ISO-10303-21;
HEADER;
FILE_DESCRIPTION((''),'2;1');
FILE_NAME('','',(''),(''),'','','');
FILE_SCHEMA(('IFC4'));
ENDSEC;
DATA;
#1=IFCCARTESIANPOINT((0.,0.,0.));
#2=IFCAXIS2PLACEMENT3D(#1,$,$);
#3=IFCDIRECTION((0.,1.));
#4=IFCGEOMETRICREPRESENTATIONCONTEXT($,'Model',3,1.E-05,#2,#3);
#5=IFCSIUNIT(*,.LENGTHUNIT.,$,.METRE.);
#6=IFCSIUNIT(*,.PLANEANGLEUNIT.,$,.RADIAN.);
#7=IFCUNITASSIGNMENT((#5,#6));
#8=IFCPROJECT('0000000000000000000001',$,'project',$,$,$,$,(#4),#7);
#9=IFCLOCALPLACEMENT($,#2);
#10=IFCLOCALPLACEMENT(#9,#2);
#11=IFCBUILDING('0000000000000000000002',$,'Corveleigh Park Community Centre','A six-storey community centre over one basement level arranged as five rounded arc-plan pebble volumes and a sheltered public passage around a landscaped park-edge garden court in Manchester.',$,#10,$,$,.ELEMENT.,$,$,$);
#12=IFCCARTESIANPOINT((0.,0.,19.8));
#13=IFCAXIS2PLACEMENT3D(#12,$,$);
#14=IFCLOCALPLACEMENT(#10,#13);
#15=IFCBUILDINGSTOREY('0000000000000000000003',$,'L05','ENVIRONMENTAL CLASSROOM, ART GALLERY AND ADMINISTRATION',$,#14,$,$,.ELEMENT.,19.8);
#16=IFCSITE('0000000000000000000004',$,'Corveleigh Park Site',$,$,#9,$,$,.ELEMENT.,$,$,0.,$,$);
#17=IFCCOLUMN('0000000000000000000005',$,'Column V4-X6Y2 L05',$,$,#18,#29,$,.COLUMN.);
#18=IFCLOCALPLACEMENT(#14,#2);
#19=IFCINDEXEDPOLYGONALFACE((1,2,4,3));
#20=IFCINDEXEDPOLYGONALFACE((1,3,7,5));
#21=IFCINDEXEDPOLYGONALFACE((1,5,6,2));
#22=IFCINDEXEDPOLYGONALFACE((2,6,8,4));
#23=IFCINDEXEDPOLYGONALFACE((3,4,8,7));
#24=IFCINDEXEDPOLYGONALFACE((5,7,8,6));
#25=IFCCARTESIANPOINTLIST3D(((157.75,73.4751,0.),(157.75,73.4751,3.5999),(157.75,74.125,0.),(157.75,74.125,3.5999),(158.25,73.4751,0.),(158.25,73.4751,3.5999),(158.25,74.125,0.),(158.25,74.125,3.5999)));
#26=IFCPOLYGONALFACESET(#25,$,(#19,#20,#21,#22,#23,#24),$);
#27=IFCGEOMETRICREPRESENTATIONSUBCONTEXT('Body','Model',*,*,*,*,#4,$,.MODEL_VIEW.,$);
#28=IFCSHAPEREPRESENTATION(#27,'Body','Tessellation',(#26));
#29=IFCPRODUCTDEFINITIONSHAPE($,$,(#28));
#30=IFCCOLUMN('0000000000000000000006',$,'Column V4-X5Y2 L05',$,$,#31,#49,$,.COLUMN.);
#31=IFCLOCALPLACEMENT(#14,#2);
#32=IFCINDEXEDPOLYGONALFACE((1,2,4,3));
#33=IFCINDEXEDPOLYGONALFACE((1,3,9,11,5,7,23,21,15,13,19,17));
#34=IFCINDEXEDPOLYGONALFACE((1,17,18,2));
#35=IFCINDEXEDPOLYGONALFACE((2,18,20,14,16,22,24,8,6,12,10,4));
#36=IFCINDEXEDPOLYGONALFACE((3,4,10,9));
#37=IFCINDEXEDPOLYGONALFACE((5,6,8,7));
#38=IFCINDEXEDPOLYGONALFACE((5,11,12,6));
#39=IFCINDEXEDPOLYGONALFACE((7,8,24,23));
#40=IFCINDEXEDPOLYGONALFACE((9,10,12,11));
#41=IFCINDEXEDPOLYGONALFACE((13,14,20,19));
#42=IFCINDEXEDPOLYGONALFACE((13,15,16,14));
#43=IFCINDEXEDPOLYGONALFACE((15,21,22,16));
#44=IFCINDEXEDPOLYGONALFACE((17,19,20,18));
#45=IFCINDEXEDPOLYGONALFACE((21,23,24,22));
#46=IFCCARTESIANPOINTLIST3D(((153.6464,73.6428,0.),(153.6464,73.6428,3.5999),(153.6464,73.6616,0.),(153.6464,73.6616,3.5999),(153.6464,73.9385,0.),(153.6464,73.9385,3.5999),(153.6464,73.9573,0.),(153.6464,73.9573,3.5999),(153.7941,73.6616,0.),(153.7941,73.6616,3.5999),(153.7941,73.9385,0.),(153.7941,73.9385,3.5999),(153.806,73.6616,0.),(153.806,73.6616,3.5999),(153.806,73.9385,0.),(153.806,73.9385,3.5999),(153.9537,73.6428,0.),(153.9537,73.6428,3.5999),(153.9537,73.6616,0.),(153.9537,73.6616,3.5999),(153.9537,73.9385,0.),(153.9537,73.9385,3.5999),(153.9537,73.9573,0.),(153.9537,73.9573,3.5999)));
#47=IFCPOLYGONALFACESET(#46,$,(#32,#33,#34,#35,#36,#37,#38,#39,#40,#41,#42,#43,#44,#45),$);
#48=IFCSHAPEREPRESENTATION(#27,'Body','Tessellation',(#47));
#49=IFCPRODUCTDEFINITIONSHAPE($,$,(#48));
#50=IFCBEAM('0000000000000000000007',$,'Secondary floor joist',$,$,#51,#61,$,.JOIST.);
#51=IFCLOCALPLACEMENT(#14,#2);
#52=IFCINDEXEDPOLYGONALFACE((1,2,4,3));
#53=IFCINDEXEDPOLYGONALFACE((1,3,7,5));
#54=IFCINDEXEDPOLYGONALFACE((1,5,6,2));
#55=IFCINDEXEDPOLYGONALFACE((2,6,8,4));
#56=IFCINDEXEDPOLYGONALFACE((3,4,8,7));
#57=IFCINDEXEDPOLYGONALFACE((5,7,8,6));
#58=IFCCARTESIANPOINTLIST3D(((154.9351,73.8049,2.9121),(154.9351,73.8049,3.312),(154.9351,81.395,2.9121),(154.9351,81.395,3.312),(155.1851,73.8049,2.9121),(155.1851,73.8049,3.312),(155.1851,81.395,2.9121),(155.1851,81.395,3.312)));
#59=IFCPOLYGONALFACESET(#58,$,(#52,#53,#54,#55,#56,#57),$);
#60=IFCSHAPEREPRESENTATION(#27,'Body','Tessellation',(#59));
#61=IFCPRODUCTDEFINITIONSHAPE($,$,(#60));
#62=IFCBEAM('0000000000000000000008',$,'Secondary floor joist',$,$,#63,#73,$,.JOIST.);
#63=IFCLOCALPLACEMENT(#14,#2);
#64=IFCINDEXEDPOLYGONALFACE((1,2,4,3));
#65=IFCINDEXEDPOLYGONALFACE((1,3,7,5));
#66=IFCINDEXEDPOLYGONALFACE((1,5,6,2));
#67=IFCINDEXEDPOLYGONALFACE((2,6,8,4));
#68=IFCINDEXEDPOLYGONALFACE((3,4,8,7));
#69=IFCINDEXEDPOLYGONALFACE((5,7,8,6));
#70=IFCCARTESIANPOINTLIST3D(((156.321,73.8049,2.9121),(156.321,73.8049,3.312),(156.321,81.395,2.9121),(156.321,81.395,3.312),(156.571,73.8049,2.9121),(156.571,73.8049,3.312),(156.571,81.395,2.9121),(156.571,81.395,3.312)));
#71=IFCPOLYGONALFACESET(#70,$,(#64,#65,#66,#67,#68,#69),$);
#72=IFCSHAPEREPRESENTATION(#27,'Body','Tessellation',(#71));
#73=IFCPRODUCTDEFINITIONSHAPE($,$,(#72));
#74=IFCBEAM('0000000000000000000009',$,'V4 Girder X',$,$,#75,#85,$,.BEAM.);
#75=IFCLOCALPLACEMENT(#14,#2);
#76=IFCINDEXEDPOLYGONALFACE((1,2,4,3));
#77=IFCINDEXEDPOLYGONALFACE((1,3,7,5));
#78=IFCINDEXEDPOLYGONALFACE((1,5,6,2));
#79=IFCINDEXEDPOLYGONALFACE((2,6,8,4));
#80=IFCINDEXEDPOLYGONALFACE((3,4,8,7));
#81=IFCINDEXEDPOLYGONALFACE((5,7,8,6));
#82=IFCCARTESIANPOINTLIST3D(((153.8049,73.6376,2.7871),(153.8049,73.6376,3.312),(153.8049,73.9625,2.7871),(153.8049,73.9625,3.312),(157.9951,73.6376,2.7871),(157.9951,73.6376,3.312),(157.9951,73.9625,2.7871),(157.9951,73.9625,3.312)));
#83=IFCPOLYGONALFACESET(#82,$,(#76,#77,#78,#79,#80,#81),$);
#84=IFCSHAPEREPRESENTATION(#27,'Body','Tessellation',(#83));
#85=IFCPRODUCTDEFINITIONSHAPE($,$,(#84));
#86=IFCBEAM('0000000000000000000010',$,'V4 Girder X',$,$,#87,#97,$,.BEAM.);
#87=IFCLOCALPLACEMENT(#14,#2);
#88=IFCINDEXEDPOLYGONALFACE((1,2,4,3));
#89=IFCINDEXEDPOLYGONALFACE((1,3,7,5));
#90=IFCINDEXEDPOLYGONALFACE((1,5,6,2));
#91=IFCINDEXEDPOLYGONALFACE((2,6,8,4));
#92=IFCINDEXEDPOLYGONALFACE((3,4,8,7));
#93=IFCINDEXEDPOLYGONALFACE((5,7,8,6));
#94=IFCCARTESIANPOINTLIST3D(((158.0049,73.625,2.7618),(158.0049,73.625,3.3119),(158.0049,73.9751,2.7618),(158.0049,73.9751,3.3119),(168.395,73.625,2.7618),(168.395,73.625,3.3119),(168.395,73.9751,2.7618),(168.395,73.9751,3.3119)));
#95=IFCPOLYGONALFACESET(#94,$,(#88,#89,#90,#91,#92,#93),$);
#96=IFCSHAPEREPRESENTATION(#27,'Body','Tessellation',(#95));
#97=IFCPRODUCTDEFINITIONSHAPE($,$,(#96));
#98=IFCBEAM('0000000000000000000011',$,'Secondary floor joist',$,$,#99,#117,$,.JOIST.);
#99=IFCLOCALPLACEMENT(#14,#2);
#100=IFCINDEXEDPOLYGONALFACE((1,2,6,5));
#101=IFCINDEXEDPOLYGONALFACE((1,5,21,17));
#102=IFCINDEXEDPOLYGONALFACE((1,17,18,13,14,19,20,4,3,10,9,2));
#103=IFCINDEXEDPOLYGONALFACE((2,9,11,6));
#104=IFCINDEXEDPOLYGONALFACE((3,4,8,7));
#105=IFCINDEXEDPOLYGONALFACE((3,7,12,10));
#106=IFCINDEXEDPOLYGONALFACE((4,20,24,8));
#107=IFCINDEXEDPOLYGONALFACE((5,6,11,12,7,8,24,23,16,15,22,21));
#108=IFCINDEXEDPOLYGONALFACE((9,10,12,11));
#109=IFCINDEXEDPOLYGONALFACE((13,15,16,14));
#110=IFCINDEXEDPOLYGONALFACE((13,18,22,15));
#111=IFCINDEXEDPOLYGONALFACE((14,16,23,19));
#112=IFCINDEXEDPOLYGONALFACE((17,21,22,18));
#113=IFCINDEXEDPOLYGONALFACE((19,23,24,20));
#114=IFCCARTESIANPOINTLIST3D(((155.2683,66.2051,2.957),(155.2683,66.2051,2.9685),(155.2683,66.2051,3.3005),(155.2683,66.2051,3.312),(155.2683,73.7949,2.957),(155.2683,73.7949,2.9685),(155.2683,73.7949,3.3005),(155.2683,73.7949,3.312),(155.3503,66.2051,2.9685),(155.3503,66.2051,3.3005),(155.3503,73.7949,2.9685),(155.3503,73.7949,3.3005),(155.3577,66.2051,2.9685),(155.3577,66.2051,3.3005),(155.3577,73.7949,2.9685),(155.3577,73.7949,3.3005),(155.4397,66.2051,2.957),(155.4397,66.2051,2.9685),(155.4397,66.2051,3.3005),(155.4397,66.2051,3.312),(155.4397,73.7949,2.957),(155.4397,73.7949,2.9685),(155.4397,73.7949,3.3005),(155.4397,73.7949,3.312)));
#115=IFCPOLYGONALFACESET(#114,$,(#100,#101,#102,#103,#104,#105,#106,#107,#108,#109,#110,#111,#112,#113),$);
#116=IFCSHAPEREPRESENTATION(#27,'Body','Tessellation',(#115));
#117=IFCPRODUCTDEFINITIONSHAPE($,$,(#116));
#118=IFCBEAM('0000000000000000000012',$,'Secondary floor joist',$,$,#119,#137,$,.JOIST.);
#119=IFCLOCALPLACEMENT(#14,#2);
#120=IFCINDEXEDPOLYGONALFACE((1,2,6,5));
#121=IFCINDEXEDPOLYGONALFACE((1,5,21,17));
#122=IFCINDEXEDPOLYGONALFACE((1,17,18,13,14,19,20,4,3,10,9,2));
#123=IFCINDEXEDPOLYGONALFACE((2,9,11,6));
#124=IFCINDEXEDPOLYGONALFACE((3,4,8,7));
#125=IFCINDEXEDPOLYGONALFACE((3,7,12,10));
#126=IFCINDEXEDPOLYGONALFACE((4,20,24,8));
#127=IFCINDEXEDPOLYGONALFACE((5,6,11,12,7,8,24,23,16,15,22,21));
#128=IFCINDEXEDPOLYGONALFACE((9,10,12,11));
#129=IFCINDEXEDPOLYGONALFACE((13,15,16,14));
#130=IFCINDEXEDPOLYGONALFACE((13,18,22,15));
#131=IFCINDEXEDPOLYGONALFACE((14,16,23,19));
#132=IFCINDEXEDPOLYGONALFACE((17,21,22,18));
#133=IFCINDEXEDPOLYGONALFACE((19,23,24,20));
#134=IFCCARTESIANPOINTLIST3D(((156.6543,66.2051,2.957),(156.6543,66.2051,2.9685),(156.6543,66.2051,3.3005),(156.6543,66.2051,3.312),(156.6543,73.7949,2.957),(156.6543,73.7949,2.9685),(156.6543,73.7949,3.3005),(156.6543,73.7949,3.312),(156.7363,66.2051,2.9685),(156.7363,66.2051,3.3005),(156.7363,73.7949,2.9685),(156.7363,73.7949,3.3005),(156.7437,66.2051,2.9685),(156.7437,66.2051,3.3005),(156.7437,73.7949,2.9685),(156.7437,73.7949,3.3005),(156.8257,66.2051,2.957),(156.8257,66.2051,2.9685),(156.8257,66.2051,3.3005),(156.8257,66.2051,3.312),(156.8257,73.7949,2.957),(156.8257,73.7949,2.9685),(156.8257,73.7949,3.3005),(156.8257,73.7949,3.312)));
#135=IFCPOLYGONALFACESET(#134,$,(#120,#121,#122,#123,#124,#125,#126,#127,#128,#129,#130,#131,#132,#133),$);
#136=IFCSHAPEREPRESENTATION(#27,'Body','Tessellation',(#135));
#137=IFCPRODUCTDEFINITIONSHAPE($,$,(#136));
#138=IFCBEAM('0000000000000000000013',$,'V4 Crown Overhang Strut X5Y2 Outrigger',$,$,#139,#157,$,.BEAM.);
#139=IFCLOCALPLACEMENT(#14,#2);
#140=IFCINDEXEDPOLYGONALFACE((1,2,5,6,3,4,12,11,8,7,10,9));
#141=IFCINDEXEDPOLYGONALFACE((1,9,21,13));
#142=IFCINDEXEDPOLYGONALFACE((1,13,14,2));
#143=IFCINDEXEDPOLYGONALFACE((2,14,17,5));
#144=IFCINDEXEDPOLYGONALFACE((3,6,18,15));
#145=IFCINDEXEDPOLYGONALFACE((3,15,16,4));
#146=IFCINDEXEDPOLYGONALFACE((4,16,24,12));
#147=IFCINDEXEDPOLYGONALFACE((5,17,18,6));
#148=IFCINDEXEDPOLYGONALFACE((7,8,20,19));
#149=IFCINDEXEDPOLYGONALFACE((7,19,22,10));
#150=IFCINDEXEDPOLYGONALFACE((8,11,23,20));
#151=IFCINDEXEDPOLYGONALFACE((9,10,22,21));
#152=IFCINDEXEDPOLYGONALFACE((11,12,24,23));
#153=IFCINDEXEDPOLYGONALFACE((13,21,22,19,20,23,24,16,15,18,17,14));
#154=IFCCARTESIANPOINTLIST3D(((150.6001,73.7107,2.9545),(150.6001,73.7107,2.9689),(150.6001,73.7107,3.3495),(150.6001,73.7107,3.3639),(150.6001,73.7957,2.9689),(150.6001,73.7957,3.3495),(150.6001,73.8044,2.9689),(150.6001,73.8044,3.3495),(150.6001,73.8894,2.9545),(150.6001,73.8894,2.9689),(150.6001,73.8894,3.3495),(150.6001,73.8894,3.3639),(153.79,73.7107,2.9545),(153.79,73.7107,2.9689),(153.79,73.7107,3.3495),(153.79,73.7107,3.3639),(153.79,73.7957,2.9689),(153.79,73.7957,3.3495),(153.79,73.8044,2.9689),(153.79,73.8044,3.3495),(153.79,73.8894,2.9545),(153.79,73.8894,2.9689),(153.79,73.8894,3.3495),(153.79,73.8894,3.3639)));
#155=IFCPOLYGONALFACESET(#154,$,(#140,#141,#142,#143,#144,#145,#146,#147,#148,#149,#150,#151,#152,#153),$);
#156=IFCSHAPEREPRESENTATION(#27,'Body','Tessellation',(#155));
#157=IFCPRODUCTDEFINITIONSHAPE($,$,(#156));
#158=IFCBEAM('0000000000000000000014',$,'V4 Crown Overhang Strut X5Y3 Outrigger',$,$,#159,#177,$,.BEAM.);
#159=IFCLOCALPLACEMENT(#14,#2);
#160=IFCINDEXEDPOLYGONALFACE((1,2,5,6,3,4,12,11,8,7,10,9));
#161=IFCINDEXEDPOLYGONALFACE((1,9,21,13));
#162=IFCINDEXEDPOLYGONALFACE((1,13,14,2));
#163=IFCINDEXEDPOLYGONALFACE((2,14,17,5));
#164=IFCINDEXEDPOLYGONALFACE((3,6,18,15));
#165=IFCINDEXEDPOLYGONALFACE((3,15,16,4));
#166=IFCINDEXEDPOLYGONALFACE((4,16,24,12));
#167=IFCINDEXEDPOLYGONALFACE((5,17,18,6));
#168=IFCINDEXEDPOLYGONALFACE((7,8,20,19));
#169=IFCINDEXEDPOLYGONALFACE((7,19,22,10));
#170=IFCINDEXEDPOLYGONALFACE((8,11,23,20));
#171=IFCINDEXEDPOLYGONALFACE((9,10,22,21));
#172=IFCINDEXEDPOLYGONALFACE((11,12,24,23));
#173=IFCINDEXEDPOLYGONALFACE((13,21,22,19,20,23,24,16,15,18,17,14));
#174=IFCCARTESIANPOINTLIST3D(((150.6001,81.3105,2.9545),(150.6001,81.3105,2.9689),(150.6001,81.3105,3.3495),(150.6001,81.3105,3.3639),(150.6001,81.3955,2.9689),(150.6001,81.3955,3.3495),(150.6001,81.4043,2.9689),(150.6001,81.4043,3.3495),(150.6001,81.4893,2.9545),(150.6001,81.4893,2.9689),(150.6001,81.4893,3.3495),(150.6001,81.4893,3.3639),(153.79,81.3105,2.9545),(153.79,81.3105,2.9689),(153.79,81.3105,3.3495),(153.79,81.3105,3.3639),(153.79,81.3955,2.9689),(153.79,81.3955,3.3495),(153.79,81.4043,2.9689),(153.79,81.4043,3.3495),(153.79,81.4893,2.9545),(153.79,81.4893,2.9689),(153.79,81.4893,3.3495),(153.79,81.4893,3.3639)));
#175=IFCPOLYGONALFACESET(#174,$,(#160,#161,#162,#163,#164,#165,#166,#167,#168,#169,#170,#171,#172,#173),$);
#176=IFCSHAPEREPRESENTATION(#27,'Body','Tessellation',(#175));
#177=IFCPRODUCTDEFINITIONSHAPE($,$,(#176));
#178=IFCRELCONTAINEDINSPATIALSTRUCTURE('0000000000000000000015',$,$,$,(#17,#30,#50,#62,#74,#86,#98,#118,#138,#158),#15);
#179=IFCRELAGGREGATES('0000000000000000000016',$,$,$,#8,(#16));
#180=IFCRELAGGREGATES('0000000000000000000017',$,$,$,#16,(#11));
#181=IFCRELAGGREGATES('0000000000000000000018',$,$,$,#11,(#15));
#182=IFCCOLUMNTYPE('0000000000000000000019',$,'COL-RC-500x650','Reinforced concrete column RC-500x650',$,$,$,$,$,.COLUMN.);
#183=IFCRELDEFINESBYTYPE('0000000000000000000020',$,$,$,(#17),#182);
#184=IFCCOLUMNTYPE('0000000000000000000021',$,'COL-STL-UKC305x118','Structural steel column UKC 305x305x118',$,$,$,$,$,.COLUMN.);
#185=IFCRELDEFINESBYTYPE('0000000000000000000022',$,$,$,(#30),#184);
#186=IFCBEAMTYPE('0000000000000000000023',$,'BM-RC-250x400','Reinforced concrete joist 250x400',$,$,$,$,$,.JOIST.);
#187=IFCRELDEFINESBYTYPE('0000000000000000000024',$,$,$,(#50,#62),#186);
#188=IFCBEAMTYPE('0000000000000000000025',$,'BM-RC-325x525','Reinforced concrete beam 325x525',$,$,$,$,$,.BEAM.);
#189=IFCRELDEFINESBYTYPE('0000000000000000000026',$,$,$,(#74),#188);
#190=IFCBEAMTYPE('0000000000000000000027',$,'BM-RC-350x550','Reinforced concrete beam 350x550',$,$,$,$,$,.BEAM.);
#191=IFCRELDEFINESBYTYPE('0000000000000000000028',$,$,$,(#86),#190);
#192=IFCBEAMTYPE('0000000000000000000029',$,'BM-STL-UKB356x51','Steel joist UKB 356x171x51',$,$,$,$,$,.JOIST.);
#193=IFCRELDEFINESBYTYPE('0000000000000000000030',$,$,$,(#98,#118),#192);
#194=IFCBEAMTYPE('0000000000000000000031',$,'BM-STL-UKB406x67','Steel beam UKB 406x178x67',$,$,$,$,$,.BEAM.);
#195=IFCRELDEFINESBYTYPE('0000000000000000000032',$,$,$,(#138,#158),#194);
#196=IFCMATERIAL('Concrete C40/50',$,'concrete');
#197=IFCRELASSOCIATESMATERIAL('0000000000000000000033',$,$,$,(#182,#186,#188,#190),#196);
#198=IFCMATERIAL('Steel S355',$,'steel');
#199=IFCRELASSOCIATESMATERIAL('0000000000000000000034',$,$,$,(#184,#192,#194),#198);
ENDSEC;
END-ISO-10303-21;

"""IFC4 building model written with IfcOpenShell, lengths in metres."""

from ifc_helpers import new_model, si_unit, direction, frame, origin, origin_2d, place, context, subcontext, project, spatial, rectangle, i_section, extrude, material, material_profile, profile_set, type_object, element, save


model = new_model("IFC4")

# Units and contexts
model_context = context("Model", 3, precision=1e-05, world=origin(), true_north=direction((0.0, 1.0)))
body_context = subcontext(model_context, "Body", "Model", "MODEL_VIEW")
ifc_project = project(units=[si_unit("LENGTHUNIT", "METRE"), si_unit("PLANEANGLEUNIT", "RADIAN")], contexts=[model_context])

# Site, building, storey
site_placement = place(None, origin())
site = spatial("IfcSite", under=ifc_project, at=site_placement, Name="Corveleigh Park Site", CompositionType="ELEMENT", RefElevation=0.0)
building_placement = place(site_placement, origin())
building = spatial("IfcBuilding", under=site, at=building_placement, Name="Corveleigh Park Community Centre", Description="A six-storey community centre over one basement level arranged as five rounded arc-plan pebble volumes and a sheltered public passage around a landscaped park-edge garden court in Manchester.", CompositionType="ELEMENT")
storey_placement = place(building_placement, frame((0.0, 0.0, 19.8)))
storey = spatial("IfcBuildingStorey", under=building, at=storey_placement, Name="L05", Description="ENVIRONMENTAL CLASSROOM, ART GALLERY AND ADMINISTRATION", CompositionType="ELEMENT", Elevation=19.8)

# Columns
ifc_material_1 = material(Name="Concrete C40/50", Category="concrete")
ifc_material_profile_1 = material_profile(ifc_material_1, rectangle(XDim=0.5, YDim=0.6499, at=origin_2d()), Name="RC-500x650", Category="concrete")
ifc_profile_set_1 = profile_set([ifc_material_profile_1], Name="Concrete C40/50")
column_type_1 = type_object("IfcColumnType", Name="COL-RC-500x650", Description="Reinforced concrete column RC-500x650", PredefinedType="COLUMN", material=ifc_profile_set_1)
column_1_placement = place(storey_placement, frame((158.0, 73.8, 0.0), z_axis=(0.0, 0.0, 1.0), x_axis=(1.0, 0.0, 0.0)))
element("IfcColumn", 1, at=column_1_placement, inside=storey, type_object=column_type_1, Name="Column V4-X6Y2 L05", PredefinedType="COLUMN", context=body_context, shape_type="SweptSolid", body=[
    extrude(rectangle(XDim=0.5, YDim=0.6499, at=origin_2d()), origin(), (0.0, 0.0, 1.0), 3.5999),
])
ifc_material_2 = material(Name="Steel S355", Category="steel")
ifc_material_profile_2 = material_profile(ifc_material_2, i_section(OverallWidth=0.3074, OverallDepth=0.3145, WebThickness=0.012, FlangeThickness=0.0188, at=origin_2d()), Name="UKC 305x305x118", Category="steel")
ifc_profile_set_2 = profile_set([ifc_material_profile_2], Name="Steel S355")
column_type_2 = type_object("IfcColumnType", Name="COL-STL-UKC305x118", Description="Structural steel column UKC 305x305x118", PredefinedType="COLUMN", material=ifc_profile_set_2)
column_2_placement = place(storey_placement, frame((153.8, 73.8, 0.0), z_axis=(0.0, 0.0, 1.0), x_axis=(1.0, 0.0, 0.0)))
element("IfcColumn", 2, at=column_2_placement, inside=storey, type_object=column_type_2, Name="Column V4-X5Y2 L05", PredefinedType="COLUMN", context=body_context, shape_type="SweptSolid", body=[
    extrude(i_section(OverallWidth=0.3074, OverallDepth=0.3145, WebThickness=0.012, FlangeThickness=0.0188, at=origin_2d()), origin(), (0.0, 0.0, 1.0), 3.5999),
])

# Beams
ifc_material_profile_3 = material_profile(ifc_material_1, rectangle(XDim=0.25, YDim=0.3999, at=origin_2d()), Name="RC-250x400", Category="concrete")
ifc_profile_set_3 = profile_set([ifc_material_profile_3], Name="Concrete C40/50")
beam_type_1 = type_object("IfcBeamType", Name="BM-RC-250x400", Description="Reinforced concrete joist 250x400", PredefinedType="JOIST", material=ifc_profile_set_3)
for number, where, z_axis, x_axis, name in (
    (3, (155.0601, 73.8049, 3.1121), (0.0, 1.0, 0.0), (-1.0, 0.0, 0.0), "Secondary floor joist"),
    (4, (156.446, 73.8049, 3.1121), (0.0, 1.0, 0.0), (-1.0, 0.0, 0.0), "Secondary floor joist"),
):
    element("IfcBeam", number, at=place(storey_placement, frame(where, z_axis=z_axis, x_axis=x_axis)), inside=storey, type_object=beam_type_1, Name=name, PredefinedType="JOIST", context=body_context, shape_type="SweptSolid", body=[
        extrude(rectangle(XDim=0.25, YDim=0.3999, at=origin_2d()), origin(), (0.0, 0.0, 1.0), 7.5901),
    ])
ifc_material_profile_4 = material_profile(ifc_material_1, rectangle(XDim=0.325, YDim=0.5249, at=origin_2d()), Name="RC-325x525", Category="concrete")
ifc_profile_set_4 = profile_set([ifc_material_profile_4], Name="Concrete C40/50")
beam_type_2 = type_object("IfcBeamType", Name="BM-RC-325x525", Description="Reinforced concrete beam 325x525", PredefinedType="BEAM", material=ifc_profile_set_4)
beam_1_placement = place(storey_placement, frame((153.8049, 73.8, 3.0496), z_axis=(1.0, 0.0, 0.0), x_axis=(0.0, 1.0, 0.0)))
element("IfcBeam", 5, at=beam_1_placement, inside=storey, type_object=beam_type_2, Name="V4 Girder X", PredefinedType="BEAM", context=body_context, shape_type="SweptSolid", body=[
    extrude(rectangle(XDim=0.325, YDim=0.5249, at=origin_2d()), origin(), (0.0, 0.0, 1.0), 4.1902),
])
ifc_material_profile_5 = material_profile(ifc_material_1, rectangle(XDim=0.3501, YDim=0.55, at=origin_2d()), Name="RC-350x550", Category="concrete")
ifc_profile_set_5 = profile_set([ifc_material_profile_5], Name="Concrete C40/50")
beam_type_3 = type_object("IfcBeamType", Name="BM-RC-350x550", Description="Reinforced concrete beam 350x550", PredefinedType="BEAM", material=ifc_profile_set_5)
beam_2_placement = place(storey_placement, frame((158.0049, 73.8, 3.0369), z_axis=(1.0, 0.0, 0.0), x_axis=(0.0, 1.0, 0.0)))
element("IfcBeam", 6, at=beam_2_placement, inside=storey, type_object=beam_type_3, Name="V4 Girder X", PredefinedType="BEAM", context=body_context, shape_type="SweptSolid", body=[
    extrude(rectangle(XDim=0.3501, YDim=0.55, at=origin_2d()), origin(), (0.0, 0.0, 1.0), 10.3901),
])
ifc_material_profile_6 = material_profile(ifc_material_2, i_section(OverallWidth=0.1714, OverallDepth=0.355, WebThickness=0.0073, FlangeThickness=0.0115, at=origin_2d()), Name="UKB 356x171x51", Category="steel")
ifc_profile_set_6 = profile_set([ifc_material_profile_6], Name="Steel S355")
beam_type_4 = type_object("IfcBeamType", Name="BM-STL-UKB356x51", Description="Steel joist UKB 356x171x51", PredefinedType="JOIST", material=ifc_profile_set_6)
for number, where, z_axis, x_axis, name in (
    (7, (155.354, 66.2051, 3.1345), (0.0, 1.0, 0.0), (-1.0, 0.0, 0.0), "Secondary floor joist"),
    (8, (156.74, 66.2051, 3.1345), (0.0, 1.0, 0.0), (-1.0, 0.0, 0.0), "Secondary floor joist"),
):
    element("IfcBeam", number, at=place(storey_placement, frame(where, z_axis=z_axis, x_axis=x_axis)), inside=storey, type_object=beam_type_4, Name=name, PredefinedType="JOIST", context=body_context, shape_type="SweptSolid", body=[
        extrude(i_section(OverallWidth=0.1714, OverallDepth=0.355, WebThickness=0.0073, FlangeThickness=0.0115, at=origin_2d()), origin(), (0.0, 0.0, 1.0), 7.5898),
    ])
ifc_material_profile_7 = material_profile(ifc_material_2, i_section(OverallWidth=0.1787, OverallDepth=0.4094, WebThickness=0.0088, FlangeThickness=0.0144, at=origin_2d()), Name="UKB 406x178x67", Category="steel")
ifc_profile_set_7 = profile_set([ifc_material_profile_7], Name="Steel S355")
beam_type_5 = type_object("IfcBeamType", Name="BM-STL-UKB406x67", Description="Steel beam UKB 406x178x67", PredefinedType="BEAM", material=ifc_profile_set_7)
for number, where, z_axis, x_axis, name in (
    (9, (153.79, 73.8, 3.1592), (-1.0, 0.0, 0.0), (0.0, -1.0, 0.0), "V4 Crown Overhang Strut X5Y2 Outrigger"),
    (10, (153.79, 81.3999, 3.1592), (-1.0, 0.0, 0.0), (0.0, -1.0, 0.0), "V4 Crown Overhang Strut X5Y3 Outrigger"),
):
    element("IfcBeam", number, at=place(storey_placement, frame(where, z_axis=z_axis, x_axis=x_axis)), inside=storey, type_object=beam_type_5, Name=name, PredefinedType="BEAM", context=body_context, shape_type="SweptSolid", body=[
        extrude(i_section(OverallWidth=0.1787, OverallDepth=0.4094, WebThickness=0.0088, FlangeThickness=0.0144, at=origin_2d()), origin(), (0.0, 0.0, 1.0), 3.1899),
    ])

save(model, "model.ifc")
